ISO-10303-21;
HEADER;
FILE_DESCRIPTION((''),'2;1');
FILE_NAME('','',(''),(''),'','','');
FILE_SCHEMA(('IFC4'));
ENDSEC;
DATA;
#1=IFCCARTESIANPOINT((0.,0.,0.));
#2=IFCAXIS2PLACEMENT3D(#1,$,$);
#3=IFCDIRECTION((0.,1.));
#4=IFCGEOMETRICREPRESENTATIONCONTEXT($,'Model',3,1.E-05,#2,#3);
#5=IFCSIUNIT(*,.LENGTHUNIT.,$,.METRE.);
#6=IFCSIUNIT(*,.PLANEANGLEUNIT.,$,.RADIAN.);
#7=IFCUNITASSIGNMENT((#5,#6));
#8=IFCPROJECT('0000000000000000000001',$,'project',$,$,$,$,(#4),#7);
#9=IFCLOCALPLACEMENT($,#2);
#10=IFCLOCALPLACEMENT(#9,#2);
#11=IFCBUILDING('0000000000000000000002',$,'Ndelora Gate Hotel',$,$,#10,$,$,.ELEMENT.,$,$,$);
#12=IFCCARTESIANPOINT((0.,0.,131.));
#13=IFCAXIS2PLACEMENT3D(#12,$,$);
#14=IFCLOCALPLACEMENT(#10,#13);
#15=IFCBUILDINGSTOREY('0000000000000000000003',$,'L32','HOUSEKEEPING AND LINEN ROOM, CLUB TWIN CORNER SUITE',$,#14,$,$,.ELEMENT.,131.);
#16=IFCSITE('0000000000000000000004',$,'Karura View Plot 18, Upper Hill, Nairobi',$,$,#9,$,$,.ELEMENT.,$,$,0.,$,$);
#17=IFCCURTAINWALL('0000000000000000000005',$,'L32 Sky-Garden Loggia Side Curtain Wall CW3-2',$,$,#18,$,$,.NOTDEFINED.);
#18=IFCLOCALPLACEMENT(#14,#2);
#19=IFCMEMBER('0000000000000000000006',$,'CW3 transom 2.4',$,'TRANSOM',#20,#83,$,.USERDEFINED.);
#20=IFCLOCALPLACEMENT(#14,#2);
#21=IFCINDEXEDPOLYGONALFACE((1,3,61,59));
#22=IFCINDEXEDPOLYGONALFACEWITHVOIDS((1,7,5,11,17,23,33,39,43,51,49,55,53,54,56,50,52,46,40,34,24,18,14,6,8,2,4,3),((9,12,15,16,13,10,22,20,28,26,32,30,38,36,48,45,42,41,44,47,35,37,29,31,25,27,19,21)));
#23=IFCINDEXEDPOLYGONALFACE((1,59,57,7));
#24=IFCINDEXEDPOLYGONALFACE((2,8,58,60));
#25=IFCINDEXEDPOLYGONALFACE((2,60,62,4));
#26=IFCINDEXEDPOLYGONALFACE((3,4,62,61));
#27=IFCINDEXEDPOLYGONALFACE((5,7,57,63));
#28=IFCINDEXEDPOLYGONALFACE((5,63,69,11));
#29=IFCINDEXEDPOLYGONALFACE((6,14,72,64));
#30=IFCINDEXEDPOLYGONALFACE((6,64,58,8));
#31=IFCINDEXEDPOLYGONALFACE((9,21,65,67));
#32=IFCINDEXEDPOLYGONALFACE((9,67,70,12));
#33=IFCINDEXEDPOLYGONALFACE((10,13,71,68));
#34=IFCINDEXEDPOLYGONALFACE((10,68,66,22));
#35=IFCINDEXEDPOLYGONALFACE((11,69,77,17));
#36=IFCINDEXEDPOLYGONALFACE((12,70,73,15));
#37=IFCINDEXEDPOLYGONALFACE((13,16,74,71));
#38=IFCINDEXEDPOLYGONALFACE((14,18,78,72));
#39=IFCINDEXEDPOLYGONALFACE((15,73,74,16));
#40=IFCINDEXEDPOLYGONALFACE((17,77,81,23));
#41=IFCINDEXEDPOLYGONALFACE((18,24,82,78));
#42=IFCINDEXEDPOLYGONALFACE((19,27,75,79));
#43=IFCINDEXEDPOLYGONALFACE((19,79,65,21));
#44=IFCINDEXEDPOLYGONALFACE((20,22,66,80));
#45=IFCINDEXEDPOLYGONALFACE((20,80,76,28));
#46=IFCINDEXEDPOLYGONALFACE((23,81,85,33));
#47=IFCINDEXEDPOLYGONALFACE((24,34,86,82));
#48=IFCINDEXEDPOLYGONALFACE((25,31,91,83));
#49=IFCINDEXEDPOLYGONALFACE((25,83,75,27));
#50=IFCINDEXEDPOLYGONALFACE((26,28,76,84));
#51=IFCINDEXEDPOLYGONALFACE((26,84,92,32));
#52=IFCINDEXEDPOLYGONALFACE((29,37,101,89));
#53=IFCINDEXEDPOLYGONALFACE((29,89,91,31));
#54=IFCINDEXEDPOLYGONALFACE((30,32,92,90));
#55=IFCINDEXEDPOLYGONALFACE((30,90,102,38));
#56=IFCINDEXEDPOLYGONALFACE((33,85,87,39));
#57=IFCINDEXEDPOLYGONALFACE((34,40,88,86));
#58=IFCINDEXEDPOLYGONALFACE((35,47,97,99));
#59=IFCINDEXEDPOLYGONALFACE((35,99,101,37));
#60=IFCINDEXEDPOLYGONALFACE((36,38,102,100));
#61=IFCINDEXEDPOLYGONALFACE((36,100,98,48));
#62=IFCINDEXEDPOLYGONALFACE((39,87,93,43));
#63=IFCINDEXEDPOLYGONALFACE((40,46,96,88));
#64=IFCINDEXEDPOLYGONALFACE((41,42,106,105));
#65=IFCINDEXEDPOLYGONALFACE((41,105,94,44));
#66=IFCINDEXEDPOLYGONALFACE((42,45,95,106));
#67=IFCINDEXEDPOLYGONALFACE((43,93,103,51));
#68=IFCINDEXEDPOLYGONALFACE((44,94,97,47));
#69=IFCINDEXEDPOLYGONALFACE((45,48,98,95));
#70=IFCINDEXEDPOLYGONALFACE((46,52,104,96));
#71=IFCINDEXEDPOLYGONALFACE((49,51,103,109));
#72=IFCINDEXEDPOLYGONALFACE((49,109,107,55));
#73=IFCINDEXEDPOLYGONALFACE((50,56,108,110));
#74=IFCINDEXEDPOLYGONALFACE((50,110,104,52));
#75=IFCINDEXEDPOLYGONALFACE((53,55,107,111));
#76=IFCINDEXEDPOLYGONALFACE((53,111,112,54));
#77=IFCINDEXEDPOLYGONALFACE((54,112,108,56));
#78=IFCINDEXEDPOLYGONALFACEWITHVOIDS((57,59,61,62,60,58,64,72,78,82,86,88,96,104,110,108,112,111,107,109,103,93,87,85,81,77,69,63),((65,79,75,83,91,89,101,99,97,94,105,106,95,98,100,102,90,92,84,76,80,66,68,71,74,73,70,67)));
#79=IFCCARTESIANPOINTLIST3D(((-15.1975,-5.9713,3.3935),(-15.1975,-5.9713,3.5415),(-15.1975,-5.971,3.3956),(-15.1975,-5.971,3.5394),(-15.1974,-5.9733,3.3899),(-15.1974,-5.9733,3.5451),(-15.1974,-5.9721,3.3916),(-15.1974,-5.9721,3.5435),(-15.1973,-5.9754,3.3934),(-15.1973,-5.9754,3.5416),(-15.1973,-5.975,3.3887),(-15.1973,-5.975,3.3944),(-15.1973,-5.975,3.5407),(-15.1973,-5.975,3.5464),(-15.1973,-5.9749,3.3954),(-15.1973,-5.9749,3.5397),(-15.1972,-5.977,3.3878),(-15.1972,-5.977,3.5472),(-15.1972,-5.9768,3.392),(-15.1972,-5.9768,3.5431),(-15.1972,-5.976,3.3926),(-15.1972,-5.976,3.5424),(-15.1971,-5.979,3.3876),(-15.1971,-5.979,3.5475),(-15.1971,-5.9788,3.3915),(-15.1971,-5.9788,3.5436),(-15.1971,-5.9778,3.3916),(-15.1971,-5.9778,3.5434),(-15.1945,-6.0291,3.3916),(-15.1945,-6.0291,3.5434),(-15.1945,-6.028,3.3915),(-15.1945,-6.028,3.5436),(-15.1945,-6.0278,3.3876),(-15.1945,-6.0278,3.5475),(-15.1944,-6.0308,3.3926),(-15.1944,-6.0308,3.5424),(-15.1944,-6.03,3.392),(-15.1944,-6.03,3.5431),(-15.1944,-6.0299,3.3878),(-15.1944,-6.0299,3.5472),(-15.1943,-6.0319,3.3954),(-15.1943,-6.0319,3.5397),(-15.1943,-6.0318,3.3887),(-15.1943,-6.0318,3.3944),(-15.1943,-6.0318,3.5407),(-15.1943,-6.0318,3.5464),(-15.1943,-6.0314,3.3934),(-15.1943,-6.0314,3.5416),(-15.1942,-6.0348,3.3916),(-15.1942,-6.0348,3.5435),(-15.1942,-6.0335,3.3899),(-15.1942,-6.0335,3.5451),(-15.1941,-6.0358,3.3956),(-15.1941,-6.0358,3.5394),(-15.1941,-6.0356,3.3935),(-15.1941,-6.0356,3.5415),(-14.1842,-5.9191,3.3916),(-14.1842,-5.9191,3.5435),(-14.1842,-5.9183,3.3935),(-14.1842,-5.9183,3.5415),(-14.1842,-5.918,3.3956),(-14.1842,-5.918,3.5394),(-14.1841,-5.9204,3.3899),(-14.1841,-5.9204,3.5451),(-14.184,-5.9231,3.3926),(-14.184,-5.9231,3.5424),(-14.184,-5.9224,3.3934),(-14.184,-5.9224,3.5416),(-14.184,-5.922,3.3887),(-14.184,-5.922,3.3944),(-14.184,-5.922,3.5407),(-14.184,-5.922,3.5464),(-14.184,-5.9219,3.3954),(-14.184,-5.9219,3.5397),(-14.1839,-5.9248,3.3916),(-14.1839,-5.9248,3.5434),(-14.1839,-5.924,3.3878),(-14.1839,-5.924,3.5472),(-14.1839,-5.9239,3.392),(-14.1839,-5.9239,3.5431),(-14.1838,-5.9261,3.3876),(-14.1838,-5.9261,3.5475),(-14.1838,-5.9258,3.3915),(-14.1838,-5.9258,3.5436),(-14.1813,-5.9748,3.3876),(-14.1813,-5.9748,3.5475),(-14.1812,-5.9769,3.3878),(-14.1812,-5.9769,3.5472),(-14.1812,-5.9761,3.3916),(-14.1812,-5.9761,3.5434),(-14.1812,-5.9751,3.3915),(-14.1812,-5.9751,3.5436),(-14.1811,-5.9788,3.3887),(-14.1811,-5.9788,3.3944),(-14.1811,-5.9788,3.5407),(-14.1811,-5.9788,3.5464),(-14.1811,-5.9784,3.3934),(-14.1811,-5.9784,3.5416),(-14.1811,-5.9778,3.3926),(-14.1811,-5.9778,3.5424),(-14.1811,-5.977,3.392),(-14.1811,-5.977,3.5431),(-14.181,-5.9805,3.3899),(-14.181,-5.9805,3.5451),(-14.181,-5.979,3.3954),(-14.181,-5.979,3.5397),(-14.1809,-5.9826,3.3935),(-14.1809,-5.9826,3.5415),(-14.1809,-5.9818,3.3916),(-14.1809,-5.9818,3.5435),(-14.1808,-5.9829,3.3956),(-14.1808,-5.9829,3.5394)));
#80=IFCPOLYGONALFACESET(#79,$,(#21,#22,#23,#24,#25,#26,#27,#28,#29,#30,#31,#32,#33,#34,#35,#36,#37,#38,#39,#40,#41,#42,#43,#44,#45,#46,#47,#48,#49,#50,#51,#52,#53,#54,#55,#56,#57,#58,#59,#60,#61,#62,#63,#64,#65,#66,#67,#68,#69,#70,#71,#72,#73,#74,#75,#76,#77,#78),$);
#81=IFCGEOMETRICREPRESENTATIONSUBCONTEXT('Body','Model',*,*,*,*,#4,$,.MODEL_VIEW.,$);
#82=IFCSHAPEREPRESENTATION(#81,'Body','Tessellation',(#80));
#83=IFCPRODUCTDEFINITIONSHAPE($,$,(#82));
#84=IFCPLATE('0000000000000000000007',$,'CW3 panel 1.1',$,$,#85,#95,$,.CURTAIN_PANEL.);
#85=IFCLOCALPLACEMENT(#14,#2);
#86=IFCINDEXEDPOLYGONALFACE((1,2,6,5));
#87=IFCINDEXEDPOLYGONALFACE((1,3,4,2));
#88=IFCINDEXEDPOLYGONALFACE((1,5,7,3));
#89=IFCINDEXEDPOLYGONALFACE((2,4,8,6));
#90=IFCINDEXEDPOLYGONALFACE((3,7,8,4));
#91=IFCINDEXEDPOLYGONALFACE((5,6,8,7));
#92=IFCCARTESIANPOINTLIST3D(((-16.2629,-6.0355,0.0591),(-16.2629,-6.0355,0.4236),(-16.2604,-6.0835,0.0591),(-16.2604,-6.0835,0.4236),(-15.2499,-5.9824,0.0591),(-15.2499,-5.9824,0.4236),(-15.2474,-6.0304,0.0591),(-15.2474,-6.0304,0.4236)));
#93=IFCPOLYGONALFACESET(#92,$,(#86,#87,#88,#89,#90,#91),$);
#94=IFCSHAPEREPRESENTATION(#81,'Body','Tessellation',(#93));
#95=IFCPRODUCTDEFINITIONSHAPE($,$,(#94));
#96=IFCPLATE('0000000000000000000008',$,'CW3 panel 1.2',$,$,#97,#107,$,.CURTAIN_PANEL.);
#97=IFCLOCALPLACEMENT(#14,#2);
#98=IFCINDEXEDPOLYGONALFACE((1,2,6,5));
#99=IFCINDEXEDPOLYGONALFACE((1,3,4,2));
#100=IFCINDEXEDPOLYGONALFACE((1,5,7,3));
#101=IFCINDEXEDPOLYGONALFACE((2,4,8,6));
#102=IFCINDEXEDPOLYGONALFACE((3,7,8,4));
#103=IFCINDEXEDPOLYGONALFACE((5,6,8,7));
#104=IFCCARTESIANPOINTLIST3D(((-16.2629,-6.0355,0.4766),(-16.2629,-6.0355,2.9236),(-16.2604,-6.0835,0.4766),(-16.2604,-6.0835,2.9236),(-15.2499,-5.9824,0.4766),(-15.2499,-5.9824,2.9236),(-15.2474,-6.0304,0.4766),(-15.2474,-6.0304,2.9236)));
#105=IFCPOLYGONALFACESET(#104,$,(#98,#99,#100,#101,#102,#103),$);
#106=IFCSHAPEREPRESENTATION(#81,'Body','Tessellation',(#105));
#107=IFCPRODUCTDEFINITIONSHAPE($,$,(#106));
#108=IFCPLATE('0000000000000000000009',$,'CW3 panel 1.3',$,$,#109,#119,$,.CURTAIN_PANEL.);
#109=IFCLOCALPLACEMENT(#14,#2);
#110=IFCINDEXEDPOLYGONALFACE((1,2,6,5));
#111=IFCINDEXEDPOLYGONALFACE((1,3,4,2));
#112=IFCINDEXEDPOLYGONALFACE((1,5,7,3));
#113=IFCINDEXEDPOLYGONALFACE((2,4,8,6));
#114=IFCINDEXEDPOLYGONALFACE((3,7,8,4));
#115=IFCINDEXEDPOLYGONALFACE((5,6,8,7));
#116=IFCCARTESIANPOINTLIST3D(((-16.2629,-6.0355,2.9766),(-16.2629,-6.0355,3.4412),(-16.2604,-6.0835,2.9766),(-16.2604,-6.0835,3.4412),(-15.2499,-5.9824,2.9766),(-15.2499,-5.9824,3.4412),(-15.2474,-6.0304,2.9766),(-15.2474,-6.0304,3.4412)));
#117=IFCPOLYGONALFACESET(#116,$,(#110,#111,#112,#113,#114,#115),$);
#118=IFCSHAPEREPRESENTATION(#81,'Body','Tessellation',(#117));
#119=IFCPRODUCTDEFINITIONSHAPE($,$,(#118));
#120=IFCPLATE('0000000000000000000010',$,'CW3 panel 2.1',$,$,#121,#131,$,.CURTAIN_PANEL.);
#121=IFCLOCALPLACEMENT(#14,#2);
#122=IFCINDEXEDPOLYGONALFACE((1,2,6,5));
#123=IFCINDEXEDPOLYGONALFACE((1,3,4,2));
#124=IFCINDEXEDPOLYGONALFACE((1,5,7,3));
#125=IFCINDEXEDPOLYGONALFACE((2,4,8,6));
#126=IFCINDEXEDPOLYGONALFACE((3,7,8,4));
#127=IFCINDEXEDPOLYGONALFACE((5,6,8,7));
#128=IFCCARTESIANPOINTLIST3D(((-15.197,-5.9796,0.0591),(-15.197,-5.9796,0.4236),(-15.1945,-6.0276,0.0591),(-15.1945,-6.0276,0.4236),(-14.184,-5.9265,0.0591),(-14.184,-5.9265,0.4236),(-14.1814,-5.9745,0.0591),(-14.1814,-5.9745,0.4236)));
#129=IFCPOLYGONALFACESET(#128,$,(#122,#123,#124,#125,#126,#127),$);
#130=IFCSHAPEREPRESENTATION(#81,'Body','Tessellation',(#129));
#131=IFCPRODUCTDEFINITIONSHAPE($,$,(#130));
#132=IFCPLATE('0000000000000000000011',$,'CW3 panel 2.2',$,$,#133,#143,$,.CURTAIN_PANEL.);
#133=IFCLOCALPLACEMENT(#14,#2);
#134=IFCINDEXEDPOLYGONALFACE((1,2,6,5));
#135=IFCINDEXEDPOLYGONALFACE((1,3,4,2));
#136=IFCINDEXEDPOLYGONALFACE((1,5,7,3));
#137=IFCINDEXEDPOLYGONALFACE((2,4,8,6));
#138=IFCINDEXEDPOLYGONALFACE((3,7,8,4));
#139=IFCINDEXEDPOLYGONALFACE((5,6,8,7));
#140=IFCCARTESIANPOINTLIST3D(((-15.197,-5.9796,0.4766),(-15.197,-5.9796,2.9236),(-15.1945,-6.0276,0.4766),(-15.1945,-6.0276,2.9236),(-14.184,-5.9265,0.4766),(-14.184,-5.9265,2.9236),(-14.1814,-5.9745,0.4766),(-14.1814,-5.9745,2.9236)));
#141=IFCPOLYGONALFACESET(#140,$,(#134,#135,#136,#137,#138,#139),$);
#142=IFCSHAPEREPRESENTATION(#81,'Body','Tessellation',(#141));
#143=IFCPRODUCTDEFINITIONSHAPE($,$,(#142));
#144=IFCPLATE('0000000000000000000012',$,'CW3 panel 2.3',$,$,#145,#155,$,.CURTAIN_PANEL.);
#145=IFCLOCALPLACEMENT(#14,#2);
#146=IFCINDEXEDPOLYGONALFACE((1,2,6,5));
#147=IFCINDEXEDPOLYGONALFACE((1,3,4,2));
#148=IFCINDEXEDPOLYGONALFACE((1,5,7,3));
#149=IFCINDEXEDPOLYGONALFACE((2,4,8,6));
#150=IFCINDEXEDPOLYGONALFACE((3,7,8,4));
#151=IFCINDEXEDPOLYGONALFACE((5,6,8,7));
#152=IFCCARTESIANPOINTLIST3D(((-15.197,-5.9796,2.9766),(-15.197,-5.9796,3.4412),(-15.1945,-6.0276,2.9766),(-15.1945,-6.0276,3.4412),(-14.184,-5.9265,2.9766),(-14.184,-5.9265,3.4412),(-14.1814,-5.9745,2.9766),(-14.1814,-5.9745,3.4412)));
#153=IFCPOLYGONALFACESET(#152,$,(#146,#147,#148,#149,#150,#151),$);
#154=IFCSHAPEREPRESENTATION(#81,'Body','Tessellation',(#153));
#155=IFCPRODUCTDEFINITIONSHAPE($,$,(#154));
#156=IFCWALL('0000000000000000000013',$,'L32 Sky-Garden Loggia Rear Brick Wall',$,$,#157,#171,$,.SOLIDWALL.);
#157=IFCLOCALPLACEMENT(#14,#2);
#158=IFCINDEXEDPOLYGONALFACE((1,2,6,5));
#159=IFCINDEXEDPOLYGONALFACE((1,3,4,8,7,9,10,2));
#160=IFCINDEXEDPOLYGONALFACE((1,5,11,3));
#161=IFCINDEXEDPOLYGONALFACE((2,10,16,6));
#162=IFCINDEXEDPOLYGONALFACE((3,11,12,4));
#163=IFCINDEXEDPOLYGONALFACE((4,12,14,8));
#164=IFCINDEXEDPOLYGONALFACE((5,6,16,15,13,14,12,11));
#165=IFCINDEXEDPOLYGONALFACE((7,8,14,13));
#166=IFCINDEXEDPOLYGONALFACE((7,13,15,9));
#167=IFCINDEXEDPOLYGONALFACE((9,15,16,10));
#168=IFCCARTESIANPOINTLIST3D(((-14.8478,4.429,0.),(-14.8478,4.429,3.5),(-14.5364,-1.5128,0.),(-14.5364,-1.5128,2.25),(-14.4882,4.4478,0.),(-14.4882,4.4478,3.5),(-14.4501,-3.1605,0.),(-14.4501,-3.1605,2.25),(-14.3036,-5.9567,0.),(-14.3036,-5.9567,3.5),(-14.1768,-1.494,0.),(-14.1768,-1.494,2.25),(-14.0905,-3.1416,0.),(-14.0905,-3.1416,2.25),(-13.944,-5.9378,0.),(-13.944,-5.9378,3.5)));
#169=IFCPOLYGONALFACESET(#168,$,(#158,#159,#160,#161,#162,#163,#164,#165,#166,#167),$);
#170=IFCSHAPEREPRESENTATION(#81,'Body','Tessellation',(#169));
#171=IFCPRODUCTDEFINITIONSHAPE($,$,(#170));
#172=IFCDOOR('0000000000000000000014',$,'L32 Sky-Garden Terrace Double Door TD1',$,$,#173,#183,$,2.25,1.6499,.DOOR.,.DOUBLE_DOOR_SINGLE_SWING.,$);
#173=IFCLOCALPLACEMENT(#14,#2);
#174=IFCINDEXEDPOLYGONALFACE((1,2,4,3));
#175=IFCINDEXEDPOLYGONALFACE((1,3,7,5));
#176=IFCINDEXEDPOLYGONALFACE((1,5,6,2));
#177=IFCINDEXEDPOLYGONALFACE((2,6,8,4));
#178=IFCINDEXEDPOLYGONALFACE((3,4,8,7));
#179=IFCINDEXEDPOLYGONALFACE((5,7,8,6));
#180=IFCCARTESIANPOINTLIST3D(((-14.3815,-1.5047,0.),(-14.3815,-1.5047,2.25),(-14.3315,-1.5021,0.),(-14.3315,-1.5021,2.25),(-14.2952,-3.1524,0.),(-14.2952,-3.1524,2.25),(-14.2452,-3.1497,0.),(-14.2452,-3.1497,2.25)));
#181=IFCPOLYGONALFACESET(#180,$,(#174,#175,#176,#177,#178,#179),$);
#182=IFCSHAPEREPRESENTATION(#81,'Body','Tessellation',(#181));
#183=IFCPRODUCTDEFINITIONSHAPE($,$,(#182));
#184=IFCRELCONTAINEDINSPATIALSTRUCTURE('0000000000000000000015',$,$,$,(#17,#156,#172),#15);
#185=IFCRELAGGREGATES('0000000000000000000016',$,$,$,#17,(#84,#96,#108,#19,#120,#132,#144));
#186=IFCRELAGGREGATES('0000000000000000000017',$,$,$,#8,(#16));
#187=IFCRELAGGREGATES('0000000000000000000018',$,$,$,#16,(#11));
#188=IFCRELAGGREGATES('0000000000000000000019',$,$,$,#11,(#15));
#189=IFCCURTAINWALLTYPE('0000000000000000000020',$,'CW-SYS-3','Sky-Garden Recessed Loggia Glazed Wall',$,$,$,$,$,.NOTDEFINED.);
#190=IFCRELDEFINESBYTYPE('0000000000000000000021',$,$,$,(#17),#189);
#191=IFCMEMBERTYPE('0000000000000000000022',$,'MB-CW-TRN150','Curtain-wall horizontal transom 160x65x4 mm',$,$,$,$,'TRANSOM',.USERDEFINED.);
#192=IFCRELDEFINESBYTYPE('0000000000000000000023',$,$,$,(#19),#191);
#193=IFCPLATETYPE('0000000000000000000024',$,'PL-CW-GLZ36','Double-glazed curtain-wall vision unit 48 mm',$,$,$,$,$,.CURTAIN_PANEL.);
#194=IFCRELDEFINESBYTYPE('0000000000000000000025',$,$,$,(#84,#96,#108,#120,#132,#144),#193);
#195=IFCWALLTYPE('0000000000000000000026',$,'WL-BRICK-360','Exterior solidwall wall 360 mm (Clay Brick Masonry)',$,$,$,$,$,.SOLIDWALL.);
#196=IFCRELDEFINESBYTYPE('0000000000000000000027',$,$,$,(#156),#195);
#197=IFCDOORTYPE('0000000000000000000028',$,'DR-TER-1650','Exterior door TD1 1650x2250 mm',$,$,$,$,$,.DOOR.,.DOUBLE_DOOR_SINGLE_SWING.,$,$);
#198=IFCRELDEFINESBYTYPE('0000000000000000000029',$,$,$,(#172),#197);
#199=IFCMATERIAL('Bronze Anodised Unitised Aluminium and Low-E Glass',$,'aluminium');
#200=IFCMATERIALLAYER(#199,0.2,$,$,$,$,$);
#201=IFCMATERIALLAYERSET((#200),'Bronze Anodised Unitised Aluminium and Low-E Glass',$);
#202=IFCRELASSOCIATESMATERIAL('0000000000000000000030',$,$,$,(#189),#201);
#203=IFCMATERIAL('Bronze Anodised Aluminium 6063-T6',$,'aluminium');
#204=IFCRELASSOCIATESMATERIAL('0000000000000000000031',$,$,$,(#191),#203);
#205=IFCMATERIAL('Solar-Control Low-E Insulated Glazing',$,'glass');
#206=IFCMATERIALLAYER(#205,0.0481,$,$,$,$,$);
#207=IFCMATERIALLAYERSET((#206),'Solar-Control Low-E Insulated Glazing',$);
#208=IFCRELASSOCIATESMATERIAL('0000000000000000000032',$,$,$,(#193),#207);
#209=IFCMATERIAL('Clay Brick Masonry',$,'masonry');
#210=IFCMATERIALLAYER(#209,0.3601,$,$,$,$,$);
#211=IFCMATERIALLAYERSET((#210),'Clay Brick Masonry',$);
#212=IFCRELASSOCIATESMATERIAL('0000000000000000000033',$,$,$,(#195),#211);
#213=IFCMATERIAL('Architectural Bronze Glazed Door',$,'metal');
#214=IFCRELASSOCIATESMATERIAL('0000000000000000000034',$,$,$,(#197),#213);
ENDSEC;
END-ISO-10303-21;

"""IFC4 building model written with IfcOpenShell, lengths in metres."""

from ifc_helpers import new_model, si_unit, direction, frame, frame_2d, origin, origin_2d, place, context, subcontext, project, spatial, rectangle, hollow_rectangle, extrude, material, layer, layer_set, material_profile, profile_set, type_object, element, fill, aggregate, save


model = new_model("IFC4")

# Units and contexts
model_context = context("Model", 3, precision=1e-05, world=origin(), true_north=direction((0.0, 1.0)))
body_context = subcontext(model_context, "Body", "Model", "MODEL_VIEW")
ifc_project = project(units=[si_unit("LENGTHUNIT", "METRE"), si_unit("PLANEANGLEUNIT", "RADIAN")], contexts=[model_context])

# Site, building, storey
site_placement = place(None, origin())
site = spatial("IfcSite", under=ifc_project, at=site_placement, Name="Karura View Plot 18, Upper Hill, Nairobi", CompositionType="ELEMENT", RefElevation=0.0)
building_placement = place(site_placement, origin())
building = spatial("IfcBuilding", under=site, at=building_placement, Name="Ndelora Gate Hotel", CompositionType="ELEMENT")
storey_placement = place(building_placement, frame((0.0, 0.0, 131.0)))
storey = spatial("IfcBuildingStorey", under=building, at=storey_placement, Name="L32", Description="HOUSEKEEPING AND LINEN ROOM, CLUB TWIN CORNER SUITE", CompositionType="ELEMENT", Elevation=131.0)

# Curtain wall, member, plates
ifc_material_1 = material(Name="Bronze Anodised Unitised Aluminium and Low-E Glass", Category="aluminium")
ifc_layer_1 = layer(ifc_material_1, 0.2)
ifc_layer_set_1 = layer_set([ifc_layer_1], Name="Bronze Anodised Unitised Aluminium and Low-E Glass")
curtain_wall_type = type_object("IfcCurtainWallType", Name="CW-SYS-3", Description="Sky-Garden Recessed Loggia Glazed Wall", PredefinedType="NOTDEFINED", material=ifc_layer_set_1)
curtain_wall_placement = place(storey_placement, origin())
curtain_wall = element("IfcCurtainWall", 1, at=curtain_wall_placement, inside=storey, type_object=curtain_wall_type, Name="L32 Sky-Garden Loggia Side Curtain Wall CW3-2", PredefinedType="NOTDEFINED")
ifc_material_2 = material(Name="Bronze Anodised Aluminium 6063-T6", Category="aluminium")
ifc_material_profile_1 = material_profile(ifc_material_2, hollow_rectangle(XDim=0.0649, YDim=0.1599, WallThickness=0.0039, InnerFilletRadius=0.0039, OuterFilletRadius=0.0081, at=origin_2d()), Name="ALU 160x65x4")
ifc_profile_set_1 = profile_set([ifc_material_profile_1], Name="Bronze Anodised Aluminium 6063-T6")
member_type_1 = type_object("IfcMemberType", Name="MB-CW-TRN150", Description="Curtain-wall horizontal transom 160x65x4 mm", ElementType="TRANSOM", PredefinedType="USERDEFINED", material=ifc_profile_set_1)
member_1_placement = place(storey_placement, frame((-15.1958, -6.0034, 3.4675), z_axis=(0.998636, 0.052218, 0.0), x_axis=(-0.052218, 0.998636, 0.0)))
member_1 = element("IfcMember", 2, at=member_1_placement, type_object=member_type_1, Name="CW3 transom 2.4", ObjectType="TRANSOM", PredefinedType="USERDEFINED", context=body_context, shape_type="SweptSolid", body=[
    extrude(hollow_rectangle(XDim=0.0649, YDim=0.1599, WallThickness=0.0039, InnerFilletRadius=0.0039, OuterFilletRadius=0.0081, at=origin_2d()), origin(), (0.0, 0.0, 1.0), 1.0146),
])
ifc_material_3 = material(Name="Solar-Control Low-E Insulated Glazing", Category="glass")
ifc_layer_2 = layer(ifc_material_3, 0.0481)
ifc_layer_set_2 = layer_set([ifc_layer_2], Name="Solar-Control Low-E Insulated Glazing")
plate_type = type_object("IfcPlateType", Name="PL-CW-GLZ36", Description="Double-glazed curtain-wall vision unit 48 mm", PredefinedType="CURTAIN_PANEL", material=ifc_layer_set_2)
plate_1_placement = place(storey_placement, frame((-15.7551, -6.033, 0.0591), z_axis=(0.0, 0.0, 1.0), x_axis=(0.998628, 0.052363, 0.0)))
plate_1 = element("IfcPlate", 3, at=plate_1_placement, type_object=plate_type, Name="CW3 panel 1.1", PredefinedType="CURTAIN_PANEL", context=body_context, shape_type="SweptSolid", body=[
    extrude(rectangle(XDim=1.0144, YDim=0.0481, at=origin_2d()), origin(), (0.0, 0.0, 1.0), 0.3645),
])
plate_2_placement = place(storey_placement, frame((-15.7551, -6.033, 0.4766), z_axis=(0.0, 0.0, 1.0), x_axis=(0.998628, 0.052363, 0.0)))
plate_2 = element("IfcPlate", 4, at=plate_2_placement, type_object=plate_type, Name="CW3 panel 1.2", PredefinedType="CURTAIN_PANEL", context=body_context, shape_type="SweptSolid", body=[
    extrude(rectangle(XDim=1.0144, YDim=0.0481, at=origin_2d()), origin(), (0.0, 0.0, 1.0), 2.447),
])
plate_3_placement = place(storey_placement, frame((-15.7551, -6.033, 2.9766), z_axis=(0.0, 0.0, 1.0), x_axis=(0.998628, 0.052363, 0.0)))
plate_3 = element("IfcPlate", 5, at=plate_3_placement, type_object=plate_type, Name="CW3 panel 1.3", PredefinedType="CURTAIN_PANEL", context=body_context, shape_type="SweptSolid", body=[
    extrude(rectangle(XDim=1.0144, YDim=0.0481, at=origin_2d()), origin(), (0.0, 0.0, 1.0), 0.4646),
])
plate_4_placement = place(storey_placement, frame((-14.6892, -5.9771, 0.0591), z_axis=(0.0, 0.0, 1.0), x_axis=(0.998628, 0.052363, 0.0)))
plate_4 = element("IfcPlate", 6, at=plate_4_placement, type_object=plate_type, Name="CW3 panel 2.1", PredefinedType="CURTAIN_PANEL", context=body_context, shape_type="SweptSolid", body=[
    extrude(rectangle(XDim=1.0144, YDim=0.0481, at=origin_2d()), origin(), (0.0, 0.0, 1.0), 0.3645),
])
plate_5_placement = place(storey_placement, frame((-14.6892, -5.9771, 0.4766), z_axis=(0.0, 0.0, 1.0), x_axis=(0.998628, 0.052363, 0.0)))
plate_5 = element("IfcPlate", 7, at=plate_5_placement, type_object=plate_type, Name="CW3 panel 2.2", PredefinedType="CURTAIN_PANEL", context=body_context, shape_type="SweptSolid", body=[
    extrude(rectangle(XDim=1.0144, YDim=0.0481, at=origin_2d()), origin(), (0.0, 0.0, 1.0), 2.447),
])
plate_6_placement = place(storey_placement, frame((-14.6892, -5.9771, 2.9766), z_axis=(0.0, 0.0, 1.0), x_axis=(0.998628, 0.052363, 0.0)))
plate_6 = element("IfcPlate", 8, at=plate_6_placement, type_object=plate_type, Name="CW3 panel 2.3", PredefinedType="CURTAIN_PANEL", context=body_context, shape_type="SweptSolid", body=[
    extrude(rectangle(XDim=1.0144, YDim=0.0481, at=origin_2d()), origin(), (0.0, 0.0, 1.0), 0.4646),
])
aggregate(curtain_wall, [plate_1, plate_2, plate_3, member_1, plate_4, plate_5, plate_6])

# Wall, opening, door
ifc_material_4 = material(Name="Clay Brick Masonry", Category="masonry")
ifc_layer_3 = layer(ifc_material_4, 0.3601)
ifc_layer_set_3 = layer_set([ifc_layer_3], Name="Clay Brick Masonry")
wall_type = type_object("IfcWallType", Name="WL-BRICK-360", Description="Exterior solidwall wall 360 mm (Clay Brick Masonry)", PredefinedType="SOLIDWALL", material=ifc_layer_set_3)
wall_placement = place(storey_placement, frame((-14.1238, -5.9473, 0.0), z_axis=(0.0, 0.0, 1.0), x_axis=(-0.052326, 0.99863, 0.0)))
wall = element("IfcWall", 9, at=wall_placement, inside=storey, type_object=wall_type, Name="L32 Sky-Garden Loggia Rear Brick Wall", PredefinedType="SOLIDWALL", context=body_context, shape_type="SweptSolid", body=[
    extrude(rectangle(XDim=10.3999, YDim=0.3601, at=frame_2d((5.2, 0.0))), origin(), (0.0, 0.0, 1.0), 3.5),
])
opening_placement = place(wall_placement, frame((2.8, 0.0, 0.0)))
opening = element("IfcOpeningElement", 10, at=opening_placement, cuts=wall, PredefinedType="OPENING", context=body_context, shape_type="SweptSolid", body=[
    extrude(rectangle(XDim=1.6499, YDim=2.25, at=frame_2d((0.825, 1.125))), frame((0.0, 0.1899, 0.0), z_axis=(0.0, -1.0, 0.0), x_axis=(1.0, 0.0, 0.0)), (0.0, 0.0, 1.0), 0.3801),
])
ifc_material_5 = material(Name="Architectural Bronze Glazed Door", Category="metal")
door_type = type_object("IfcDoorType", Name="DR-TER-1650", Description="Exterior door TD1 1650x2250 mm", OperationType="DOUBLE_DOOR_SINGLE_SWING", PredefinedType="DOOR", material=ifc_material_5)
door_placement = place(opening_placement, origin())
door = element("IfcDoor", 11, at=door_placement, inside=storey, type_object=door_type, Name="L32 Sky-Garden Terrace Double Door TD1", OperationType="DOUBLE_DOOR_SINGLE_SWING", OverallHeight=2.25, OverallWidth=1.6499, PredefinedType="DOOR", context=body_context, shape_type="SweptSolid", body=[
    extrude(rectangle(XDim=1.6499, YDim=2.25, at=frame_2d((0.825, 1.125))), frame((0.0, 0.0249, 0.0), z_axis=(0.0, -1.0, 0.0), x_axis=(1.0, 0.0, 0.0)), (0.0, 0.0, 1.0), 0.05),
])
fill(opening, door)

save(model, "model.ifc")
